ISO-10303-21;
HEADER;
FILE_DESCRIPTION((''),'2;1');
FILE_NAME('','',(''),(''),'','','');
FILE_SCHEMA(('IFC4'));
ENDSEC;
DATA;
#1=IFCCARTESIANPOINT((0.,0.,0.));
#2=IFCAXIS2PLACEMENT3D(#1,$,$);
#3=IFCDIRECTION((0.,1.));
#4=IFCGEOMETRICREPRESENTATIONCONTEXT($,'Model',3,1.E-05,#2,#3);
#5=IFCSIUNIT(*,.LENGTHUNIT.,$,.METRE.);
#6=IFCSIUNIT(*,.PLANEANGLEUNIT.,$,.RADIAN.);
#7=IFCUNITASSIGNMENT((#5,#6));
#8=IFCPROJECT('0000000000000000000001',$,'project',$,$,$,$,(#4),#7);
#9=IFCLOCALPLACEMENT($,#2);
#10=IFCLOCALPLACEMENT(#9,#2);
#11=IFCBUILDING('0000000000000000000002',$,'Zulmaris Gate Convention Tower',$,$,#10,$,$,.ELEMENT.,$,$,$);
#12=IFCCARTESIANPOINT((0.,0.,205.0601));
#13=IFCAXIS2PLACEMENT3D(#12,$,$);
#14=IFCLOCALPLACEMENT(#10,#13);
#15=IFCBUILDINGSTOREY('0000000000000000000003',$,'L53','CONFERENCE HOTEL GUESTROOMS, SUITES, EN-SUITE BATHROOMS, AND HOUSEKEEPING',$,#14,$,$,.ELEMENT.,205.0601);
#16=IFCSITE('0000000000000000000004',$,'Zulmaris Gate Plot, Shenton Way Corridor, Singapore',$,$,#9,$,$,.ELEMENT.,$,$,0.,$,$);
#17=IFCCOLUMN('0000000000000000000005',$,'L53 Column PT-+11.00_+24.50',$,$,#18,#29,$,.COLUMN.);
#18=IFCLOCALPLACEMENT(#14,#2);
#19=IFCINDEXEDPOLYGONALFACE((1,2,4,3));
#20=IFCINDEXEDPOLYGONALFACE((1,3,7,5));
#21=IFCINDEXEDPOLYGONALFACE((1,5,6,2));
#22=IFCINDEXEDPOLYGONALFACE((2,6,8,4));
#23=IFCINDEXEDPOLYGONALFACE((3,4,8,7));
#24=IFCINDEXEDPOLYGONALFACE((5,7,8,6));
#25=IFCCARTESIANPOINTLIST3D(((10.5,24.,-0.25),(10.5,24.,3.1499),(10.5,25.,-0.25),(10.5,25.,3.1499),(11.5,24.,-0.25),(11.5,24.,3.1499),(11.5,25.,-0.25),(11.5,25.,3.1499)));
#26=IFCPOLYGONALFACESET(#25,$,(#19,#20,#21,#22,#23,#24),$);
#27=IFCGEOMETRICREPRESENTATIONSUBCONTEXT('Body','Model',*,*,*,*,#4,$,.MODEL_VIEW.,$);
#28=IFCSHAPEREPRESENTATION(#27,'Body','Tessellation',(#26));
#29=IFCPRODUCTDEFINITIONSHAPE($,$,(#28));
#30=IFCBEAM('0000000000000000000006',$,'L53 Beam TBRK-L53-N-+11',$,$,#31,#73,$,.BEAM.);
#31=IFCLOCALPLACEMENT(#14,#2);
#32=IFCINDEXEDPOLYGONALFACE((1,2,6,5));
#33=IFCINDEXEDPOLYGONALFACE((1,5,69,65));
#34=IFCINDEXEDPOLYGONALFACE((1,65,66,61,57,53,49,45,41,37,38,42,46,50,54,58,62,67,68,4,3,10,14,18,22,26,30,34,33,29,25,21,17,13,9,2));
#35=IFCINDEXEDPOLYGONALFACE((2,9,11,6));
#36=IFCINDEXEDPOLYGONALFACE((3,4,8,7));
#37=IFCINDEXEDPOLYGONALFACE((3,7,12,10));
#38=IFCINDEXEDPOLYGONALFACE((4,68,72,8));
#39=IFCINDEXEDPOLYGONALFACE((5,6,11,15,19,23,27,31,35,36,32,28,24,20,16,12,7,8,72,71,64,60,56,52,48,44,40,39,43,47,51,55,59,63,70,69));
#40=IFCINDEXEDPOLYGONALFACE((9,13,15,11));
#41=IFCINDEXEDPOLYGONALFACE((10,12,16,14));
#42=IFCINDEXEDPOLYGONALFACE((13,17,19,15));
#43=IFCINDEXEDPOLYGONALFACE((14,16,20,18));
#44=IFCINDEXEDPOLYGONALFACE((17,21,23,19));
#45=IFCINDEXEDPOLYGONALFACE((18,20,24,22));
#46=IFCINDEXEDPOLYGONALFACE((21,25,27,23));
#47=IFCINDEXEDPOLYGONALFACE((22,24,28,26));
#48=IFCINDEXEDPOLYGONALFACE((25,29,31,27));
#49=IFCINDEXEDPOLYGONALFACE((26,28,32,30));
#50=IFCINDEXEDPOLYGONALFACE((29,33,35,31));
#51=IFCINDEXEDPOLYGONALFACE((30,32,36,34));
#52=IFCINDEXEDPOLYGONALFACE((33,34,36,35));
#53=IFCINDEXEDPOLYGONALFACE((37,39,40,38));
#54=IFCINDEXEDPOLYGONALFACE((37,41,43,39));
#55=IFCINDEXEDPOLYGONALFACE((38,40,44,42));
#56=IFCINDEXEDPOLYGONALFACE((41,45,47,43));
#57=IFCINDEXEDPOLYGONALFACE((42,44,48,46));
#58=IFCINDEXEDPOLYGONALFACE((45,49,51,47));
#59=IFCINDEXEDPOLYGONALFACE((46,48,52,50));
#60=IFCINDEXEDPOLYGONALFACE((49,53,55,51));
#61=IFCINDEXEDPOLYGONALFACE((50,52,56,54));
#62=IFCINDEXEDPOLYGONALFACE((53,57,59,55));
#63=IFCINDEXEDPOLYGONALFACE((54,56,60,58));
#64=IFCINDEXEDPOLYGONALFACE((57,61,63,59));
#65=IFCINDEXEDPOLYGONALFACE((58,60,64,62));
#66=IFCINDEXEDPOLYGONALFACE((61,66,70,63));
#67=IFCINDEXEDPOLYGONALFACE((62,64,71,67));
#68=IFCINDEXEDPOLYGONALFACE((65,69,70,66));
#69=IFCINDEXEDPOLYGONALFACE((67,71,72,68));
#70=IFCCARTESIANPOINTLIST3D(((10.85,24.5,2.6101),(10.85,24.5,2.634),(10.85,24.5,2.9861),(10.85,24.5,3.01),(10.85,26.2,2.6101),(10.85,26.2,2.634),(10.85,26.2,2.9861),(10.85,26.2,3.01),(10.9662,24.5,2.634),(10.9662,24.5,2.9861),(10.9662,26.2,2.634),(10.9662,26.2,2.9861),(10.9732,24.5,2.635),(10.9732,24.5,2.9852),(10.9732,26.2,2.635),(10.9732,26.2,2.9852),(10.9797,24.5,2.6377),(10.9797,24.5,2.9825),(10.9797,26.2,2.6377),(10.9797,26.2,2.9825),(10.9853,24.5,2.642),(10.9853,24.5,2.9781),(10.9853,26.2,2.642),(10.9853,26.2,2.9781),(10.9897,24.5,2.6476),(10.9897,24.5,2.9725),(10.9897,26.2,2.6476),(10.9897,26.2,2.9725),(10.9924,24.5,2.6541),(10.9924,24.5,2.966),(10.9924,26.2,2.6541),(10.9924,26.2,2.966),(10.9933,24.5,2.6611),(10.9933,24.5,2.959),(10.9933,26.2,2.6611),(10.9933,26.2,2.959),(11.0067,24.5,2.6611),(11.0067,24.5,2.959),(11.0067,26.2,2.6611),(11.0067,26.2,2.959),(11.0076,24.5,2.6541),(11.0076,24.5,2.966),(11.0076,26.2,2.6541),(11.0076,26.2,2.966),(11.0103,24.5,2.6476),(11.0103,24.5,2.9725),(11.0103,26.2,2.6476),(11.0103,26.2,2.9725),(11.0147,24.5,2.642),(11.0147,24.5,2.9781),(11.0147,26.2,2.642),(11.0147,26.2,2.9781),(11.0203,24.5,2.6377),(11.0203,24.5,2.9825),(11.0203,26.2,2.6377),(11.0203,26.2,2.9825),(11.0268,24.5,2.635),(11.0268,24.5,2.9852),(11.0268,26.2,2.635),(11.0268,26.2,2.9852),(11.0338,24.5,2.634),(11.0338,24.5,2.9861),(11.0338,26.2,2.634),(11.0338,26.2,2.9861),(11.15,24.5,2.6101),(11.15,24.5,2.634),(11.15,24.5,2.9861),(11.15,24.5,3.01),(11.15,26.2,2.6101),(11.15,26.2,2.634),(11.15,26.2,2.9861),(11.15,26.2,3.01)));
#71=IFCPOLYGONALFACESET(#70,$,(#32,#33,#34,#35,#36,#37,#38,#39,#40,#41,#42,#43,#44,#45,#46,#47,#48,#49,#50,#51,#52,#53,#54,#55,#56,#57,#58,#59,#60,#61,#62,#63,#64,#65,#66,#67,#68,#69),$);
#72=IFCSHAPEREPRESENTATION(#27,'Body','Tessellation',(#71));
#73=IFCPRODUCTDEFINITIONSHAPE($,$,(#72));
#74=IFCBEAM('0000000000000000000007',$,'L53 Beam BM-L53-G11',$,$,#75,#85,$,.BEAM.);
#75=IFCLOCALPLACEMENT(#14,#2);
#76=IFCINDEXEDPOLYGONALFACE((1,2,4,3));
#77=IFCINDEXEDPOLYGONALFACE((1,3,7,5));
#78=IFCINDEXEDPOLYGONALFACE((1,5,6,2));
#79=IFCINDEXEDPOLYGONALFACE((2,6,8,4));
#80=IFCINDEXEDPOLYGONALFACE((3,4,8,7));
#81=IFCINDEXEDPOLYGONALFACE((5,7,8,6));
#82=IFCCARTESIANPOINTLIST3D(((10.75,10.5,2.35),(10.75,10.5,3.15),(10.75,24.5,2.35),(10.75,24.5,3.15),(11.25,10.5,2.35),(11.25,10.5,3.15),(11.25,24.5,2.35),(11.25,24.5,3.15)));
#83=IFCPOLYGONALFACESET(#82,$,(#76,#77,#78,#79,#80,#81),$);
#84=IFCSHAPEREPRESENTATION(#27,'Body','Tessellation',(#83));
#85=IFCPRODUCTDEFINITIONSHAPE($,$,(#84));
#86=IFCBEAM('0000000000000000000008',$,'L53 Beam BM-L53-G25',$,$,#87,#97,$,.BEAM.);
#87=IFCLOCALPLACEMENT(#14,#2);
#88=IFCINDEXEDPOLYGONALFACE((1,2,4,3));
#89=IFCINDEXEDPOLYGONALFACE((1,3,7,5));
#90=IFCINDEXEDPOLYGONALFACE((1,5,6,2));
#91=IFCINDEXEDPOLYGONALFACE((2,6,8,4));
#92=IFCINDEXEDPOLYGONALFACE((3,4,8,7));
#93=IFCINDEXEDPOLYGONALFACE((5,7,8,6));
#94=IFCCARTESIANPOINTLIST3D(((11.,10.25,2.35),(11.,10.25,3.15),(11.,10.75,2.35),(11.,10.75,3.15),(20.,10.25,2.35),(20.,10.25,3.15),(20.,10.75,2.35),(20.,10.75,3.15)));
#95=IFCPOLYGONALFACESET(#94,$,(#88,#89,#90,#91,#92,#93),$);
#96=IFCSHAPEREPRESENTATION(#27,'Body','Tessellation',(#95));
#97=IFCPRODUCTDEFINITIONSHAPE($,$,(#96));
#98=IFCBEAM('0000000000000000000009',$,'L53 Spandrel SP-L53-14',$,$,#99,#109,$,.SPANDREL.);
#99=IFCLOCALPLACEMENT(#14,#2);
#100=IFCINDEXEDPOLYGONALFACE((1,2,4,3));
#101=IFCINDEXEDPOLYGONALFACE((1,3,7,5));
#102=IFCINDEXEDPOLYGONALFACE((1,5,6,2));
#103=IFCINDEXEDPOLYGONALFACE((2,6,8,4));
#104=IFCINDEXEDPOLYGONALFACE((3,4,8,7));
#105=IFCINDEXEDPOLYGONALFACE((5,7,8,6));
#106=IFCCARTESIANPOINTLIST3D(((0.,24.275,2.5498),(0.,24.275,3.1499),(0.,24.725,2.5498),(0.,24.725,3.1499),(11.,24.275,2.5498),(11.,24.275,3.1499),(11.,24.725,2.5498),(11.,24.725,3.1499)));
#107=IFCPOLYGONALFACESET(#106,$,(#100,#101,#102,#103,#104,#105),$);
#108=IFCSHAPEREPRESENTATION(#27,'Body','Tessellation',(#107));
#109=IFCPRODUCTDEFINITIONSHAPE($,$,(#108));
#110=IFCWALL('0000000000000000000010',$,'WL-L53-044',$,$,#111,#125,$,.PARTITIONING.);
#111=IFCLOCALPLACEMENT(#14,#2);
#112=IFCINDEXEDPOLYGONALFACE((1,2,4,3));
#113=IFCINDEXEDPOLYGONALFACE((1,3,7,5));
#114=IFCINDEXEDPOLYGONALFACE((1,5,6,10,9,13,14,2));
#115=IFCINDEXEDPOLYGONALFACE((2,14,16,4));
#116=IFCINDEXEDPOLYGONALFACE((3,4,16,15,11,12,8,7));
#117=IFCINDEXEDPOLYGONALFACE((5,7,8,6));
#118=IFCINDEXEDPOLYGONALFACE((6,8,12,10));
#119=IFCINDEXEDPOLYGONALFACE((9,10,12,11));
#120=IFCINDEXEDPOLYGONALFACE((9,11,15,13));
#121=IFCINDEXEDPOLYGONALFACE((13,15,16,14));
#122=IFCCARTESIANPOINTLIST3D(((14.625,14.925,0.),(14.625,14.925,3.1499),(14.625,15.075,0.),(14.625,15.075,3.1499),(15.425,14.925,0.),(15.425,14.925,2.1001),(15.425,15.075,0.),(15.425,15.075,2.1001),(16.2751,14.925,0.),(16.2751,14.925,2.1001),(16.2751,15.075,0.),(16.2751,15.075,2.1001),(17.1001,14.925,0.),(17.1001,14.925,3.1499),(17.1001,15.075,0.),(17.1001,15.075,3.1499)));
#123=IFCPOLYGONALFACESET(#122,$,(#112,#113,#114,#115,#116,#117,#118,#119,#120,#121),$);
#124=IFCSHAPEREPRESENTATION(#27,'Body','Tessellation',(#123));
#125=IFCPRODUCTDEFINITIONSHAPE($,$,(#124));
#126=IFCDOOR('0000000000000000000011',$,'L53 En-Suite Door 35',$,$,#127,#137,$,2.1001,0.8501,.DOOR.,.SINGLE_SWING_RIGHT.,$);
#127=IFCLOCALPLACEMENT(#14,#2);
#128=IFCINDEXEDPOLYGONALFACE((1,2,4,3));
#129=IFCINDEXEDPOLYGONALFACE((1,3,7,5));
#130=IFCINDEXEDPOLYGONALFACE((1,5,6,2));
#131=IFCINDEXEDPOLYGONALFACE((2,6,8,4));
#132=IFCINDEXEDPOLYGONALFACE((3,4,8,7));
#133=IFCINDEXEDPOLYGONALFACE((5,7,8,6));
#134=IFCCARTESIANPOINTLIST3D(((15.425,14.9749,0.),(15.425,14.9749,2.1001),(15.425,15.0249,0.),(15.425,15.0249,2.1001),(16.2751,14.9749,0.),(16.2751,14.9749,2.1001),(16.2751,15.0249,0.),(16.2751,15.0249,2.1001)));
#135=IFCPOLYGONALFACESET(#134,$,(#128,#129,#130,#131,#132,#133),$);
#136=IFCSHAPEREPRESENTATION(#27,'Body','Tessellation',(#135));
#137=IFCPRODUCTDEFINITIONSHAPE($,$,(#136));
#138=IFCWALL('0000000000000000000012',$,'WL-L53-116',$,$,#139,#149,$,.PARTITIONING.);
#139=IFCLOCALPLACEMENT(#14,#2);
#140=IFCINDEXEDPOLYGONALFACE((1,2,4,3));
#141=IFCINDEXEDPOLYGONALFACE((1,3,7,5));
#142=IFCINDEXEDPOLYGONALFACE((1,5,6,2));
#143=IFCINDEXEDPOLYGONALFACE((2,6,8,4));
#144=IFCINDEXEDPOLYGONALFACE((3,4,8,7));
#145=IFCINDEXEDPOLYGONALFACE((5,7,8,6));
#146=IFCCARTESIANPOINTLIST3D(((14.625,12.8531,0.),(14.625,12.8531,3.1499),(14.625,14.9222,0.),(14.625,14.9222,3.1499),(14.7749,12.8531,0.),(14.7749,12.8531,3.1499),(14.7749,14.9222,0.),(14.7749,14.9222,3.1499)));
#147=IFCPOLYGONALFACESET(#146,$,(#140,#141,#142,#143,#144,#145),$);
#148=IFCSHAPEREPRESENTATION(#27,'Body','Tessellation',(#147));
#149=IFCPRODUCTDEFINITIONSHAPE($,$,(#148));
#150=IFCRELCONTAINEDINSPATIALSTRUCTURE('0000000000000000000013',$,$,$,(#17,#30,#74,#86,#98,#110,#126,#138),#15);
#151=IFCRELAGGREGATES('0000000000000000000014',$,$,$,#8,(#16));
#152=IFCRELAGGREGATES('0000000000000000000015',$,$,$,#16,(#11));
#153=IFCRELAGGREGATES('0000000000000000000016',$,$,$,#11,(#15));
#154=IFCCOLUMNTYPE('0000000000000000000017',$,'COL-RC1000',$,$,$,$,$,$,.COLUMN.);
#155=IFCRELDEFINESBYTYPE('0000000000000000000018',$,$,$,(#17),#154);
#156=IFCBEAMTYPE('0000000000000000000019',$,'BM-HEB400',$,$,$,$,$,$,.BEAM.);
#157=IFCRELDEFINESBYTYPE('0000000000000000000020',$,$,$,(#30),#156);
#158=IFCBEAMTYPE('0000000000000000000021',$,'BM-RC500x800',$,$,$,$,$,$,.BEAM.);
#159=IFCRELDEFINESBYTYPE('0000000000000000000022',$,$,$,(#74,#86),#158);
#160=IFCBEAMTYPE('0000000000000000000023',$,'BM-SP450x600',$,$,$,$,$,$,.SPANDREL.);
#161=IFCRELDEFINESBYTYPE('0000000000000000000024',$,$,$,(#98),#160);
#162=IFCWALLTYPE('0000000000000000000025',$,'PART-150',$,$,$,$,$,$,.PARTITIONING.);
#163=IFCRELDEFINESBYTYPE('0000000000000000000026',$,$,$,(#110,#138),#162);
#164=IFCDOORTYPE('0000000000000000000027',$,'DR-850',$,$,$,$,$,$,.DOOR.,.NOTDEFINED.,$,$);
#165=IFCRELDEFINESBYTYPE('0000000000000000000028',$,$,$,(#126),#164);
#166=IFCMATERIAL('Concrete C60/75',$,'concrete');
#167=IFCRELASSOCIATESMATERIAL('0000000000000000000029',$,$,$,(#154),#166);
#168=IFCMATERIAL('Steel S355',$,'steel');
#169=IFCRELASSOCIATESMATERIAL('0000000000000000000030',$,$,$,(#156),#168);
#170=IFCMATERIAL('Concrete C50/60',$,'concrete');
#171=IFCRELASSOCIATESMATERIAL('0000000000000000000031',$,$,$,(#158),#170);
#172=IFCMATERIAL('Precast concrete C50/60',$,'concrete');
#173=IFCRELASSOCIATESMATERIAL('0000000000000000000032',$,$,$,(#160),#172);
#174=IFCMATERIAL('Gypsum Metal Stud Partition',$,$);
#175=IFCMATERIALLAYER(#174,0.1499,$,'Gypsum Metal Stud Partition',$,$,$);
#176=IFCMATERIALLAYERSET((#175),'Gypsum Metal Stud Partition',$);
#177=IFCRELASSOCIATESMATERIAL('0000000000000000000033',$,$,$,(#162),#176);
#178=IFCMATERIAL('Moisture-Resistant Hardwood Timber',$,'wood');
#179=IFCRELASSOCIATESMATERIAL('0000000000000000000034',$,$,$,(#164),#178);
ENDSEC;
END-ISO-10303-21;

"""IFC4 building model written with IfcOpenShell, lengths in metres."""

from ifc_helpers import new_model, si_unit, direction, frame, frame_2d, origin, origin_2d, place, context, subcontext, project, spatial, rectangle, i_section, extrude, material, layer, layer_set, material_profile, profile_set, type_object, element, fill, save


model = new_model("IFC4")

# Units and contexts
model_context = context("Model", 3, precision=1e-05, world=origin(), true_north=direction((0.0, 1.0)))
body_context = subcontext(model_context, "Body", "Model", "MODEL_VIEW")
ifc_project = project(units=[si_unit("LENGTHUNIT", "METRE"), si_unit("PLANEANGLEUNIT", "RADIAN")], contexts=[model_context])

# Site, building, storey
site_placement = place(None, origin())
site = spatial("IfcSite", under=ifc_project, at=site_placement, Name="Zulmaris Gate Plot, Shenton Way Corridor, Singapore", CompositionType="ELEMENT", RefElevation=0.0)
building_placement = place(site_placement, origin())
building = spatial("IfcBuilding", under=site, at=building_placement, Name="Zulmaris Gate Convention Tower", CompositionType="ELEMENT")
storey_placement = place(building_placement, frame((0.0, 0.0, 205.0601)))
storey = spatial("IfcBuildingStorey", under=building, at=storey_placement, Name="L53", Description="CONFERENCE HOTEL GUESTROOMS, SUITES, EN-SUITE BATHROOMS, AND HOUSEKEEPING", CompositionType="ELEMENT", Elevation=205.0601)

# Column
ifc_material_1 = material(Name="Concrete C60/75", Category="concrete")
ifc_material_profile_1 = material_profile(ifc_material_1, rectangle(XDim=1.0, YDim=1.0, at=origin_2d()), Name="RC COL 1000x1000")
ifc_profile_set_1 = profile_set([ifc_material_profile_1], Name="Concrete C60/75")
column_type = type_object("IfcColumnType", Name="COL-RC1000", PredefinedType="COLUMN", material=ifc_profile_set_1)
column_placement = place(storey_placement, frame((11.0, 24.5, -0.25), z_axis=(0.0, 0.0, 1.0), x_axis=(1.0, 0.0, 0.0)))
element("IfcColumn", 1, at=column_placement, inside=storey, type_object=column_type, Name="L53 Column PT-+11.00_+24.50", PredefinedType="COLUMN", context=body_context, shape_type="SweptSolid", body=[
    extrude(rectangle(XDim=1.0, YDim=1.0, at=origin_2d()), origin(), (0.0, 0.0, 1.0), 3.3999),
])

# Beams
ifc_material_2 = material(Name="Steel S355", Category="steel")
ifc_material_profile_2 = material_profile(ifc_material_2, i_section(OverallWidth=0.3, OverallDepth=0.3999, WebThickness=0.0134, FlangeThickness=0.0239, FilletRadius=0.0271, at=origin_2d()), Name="HEB 400")
ifc_profile_set_2 = profile_set([ifc_material_profile_2], Name="Steel S355")
beam_type_1 = type_object("IfcBeamType", Name="BM-HEB400", PredefinedType="BEAM", material=ifc_profile_set_2)
beam_1_placement = place(storey_placement, frame((11.0, 24.5, 2.8101), z_axis=(0.0, 1.0, 0.0), x_axis=(-1.0, 0.0, 0.0)))
element("IfcBeam", 2, at=beam_1_placement, inside=storey, type_object=beam_type_1, Name="L53 Beam TBRK-L53-N-+11", PredefinedType="BEAM", context=body_context, shape_type="SweptSolid", body=[
    extrude(i_section(OverallWidth=0.3, OverallDepth=0.3999, WebThickness=0.0134, FlangeThickness=0.0239, FilletRadius=0.0271, at=origin_2d()), origin(), (0.0, 0.0, 1.0), 1.7),
])
ifc_material_3 = material(Name="Concrete C50/60", Category="concrete")
ifc_material_profile_3 = material_profile(ifc_material_3, rectangle(XDim=0.5, YDim=0.8, at=origin_2d()), Name="RC BEAM 500x800")
ifc_profile_set_3 = profile_set([ifc_material_profile_3], Name="Concrete C50/60")
beam_type_2 = type_object("IfcBeamType", Name="BM-RC500x800", PredefinedType="BEAM", material=ifc_profile_set_3)
beam_2_placement = place(storey_placement, frame((11.0, 10.5, 2.75), z_axis=(0.0, 1.0, 0.0), x_axis=(-1.0, 0.0, 0.0)))
element("IfcBeam", 3, at=beam_2_placement, inside=storey, type_object=beam_type_2, Name="L53 Beam BM-L53-G11", PredefinedType="BEAM", context=body_context, shape_type="SweptSolid", body=[
    extrude(rectangle(XDim=0.5, YDim=0.8, at=origin_2d()), origin(), (0.0, 0.0, 1.0), 14.0),
])
beam_3_placement = place(storey_placement, frame((11.0, 10.5, 2.75), z_axis=(1.0, 0.0, 0.0), x_axis=(0.0, 1.0, 0.0)))
element("IfcBeam", 4, at=beam_3_placement, inside=storey, type_object=beam_type_2, Name="L53 Beam BM-L53-G25", PredefinedType="BEAM", context=body_context, shape_type="SweptSolid", body=[
    extrude(rectangle(XDim=0.5, YDim=0.8, at=origin_2d()), origin(), (0.0, 0.0, 1.0), 9.0),
])
ifc_material_4 = material(Name="Precast concrete C50/60", Category="concrete")
ifc_material_profile_4 = material_profile(ifc_material_4, rectangle(XDim=0.45, YDim=0.6001, at=origin_2d()), Name="RC SPANDREL 450x600")
ifc_profile_set_4 = profile_set([ifc_material_profile_4], Name="Precast concrete C50/60")
beam_type_3 = type_object("IfcBeamType", Name="BM-SP450x600", PredefinedType="SPANDREL", material=ifc_profile_set_4)
beam_4_placement = place(storey_placement, frame((11.0, 24.5, 2.8499), z_axis=(-1.0, 0.0, 0.0), x_axis=(0.0, -1.0, 0.0)))
element("IfcBeam", 5, at=beam_4_placement, inside=storey, type_object=beam_type_3, Name="L53 Spandrel SP-L53-14", PredefinedType="SPANDREL", context=body_context, shape_type="SweptSolid", body=[
    extrude(rectangle(XDim=0.45, YDim=0.6001, at=origin_2d()), origin(), (0.0, 0.0, 1.0), 11.0),
])

# Wall, opening, door
ifc_material_5 = material(Name="Gypsum Metal Stud Partition")
ifc_layer_1 = layer(ifc_material_5, 0.1499, Name="Gypsum Metal Stud Partition")
ifc_layer_set_1 = layer_set([ifc_layer_1], Name="Gypsum Metal Stud Partition")
wall_type_1 = type_object("IfcWallType", Name="PART-150", PredefinedType="PARTITIONING", material=ifc_layer_set_1)
wall_1_placement = place(storey_placement, frame((14.625, 15.0, 0.0), z_axis=(0.0, 0.0, 1.0), x_axis=(1.0, 0.0, 0.0)))
wall_1 = element("IfcWall", 6, at=wall_1_placement, inside=storey, type_object=wall_type_1, Name="WL-L53-044", PredefinedType="PARTITIONING", context=body_context, shape_type="SweptSolid", body=[
    extrude(rectangle(XDim=2.4751, YDim=0.1499, at=frame_2d((1.2375, 0.0))), origin(), (0.0, 0.0, 1.0), 3.1499),
])
opening_1_placement = place(wall_1_placement, frame((0.8, 0.0, 0.0)))
opening_1 = element("IfcOpeningElement", 7, at=opening_1_placement, cuts=wall_1, PredefinedType="OPENING", context=body_context, shape_type="SweptSolid", body=[
    extrude(rectangle(XDim=0.8501, YDim=2.1001, at=frame_2d((0.425, 1.05))), frame((0.0, 0.085, 0.0), z_axis=(0.0, -1.0, 0.0), x_axis=(1.0, 0.0, 0.0)), (0.0, 0.0, 1.0), 0.1699),
])
ifc_material_6 = material(Name="Moisture-Resistant Hardwood Timber", Category="wood")
door_type_1 = type_object("IfcDoorType", Name="DR-850", OperationType="NOTDEFINED", PredefinedType="DOOR", material=ifc_material_6)
door_1_placement = place(opening_1_placement, origin())
door_1 = element("IfcDoor", 8, at=door_1_placement, inside=storey, type_object=door_type_1, Name="L53 En-Suite Door 35", OperationType="SINGLE_SWING_RIGHT", OverallHeight=2.1001, OverallWidth=0.8501, PredefinedType="DOOR", context=body_context, shape_type="SweptSolid", body=[
    extrude(rectangle(XDim=0.8501, YDim=2.1001, at=frame_2d((0.425, 1.05))), frame((0.0, 0.0249, 0.0), z_axis=(0.0, -1.0, 0.0), x_axis=(1.0, 0.0, 0.0)), (0.0, 0.0, 1.0), 0.05),
])
fill(opening_1, door_1)

# Wall
wall_2_placement = place(storey_placement, frame((14.7, 12.853, 0.0), z_axis=(0.0, 0.0, 1.0), x_axis=(0.0, 1.0, 0.0)))
element("IfcWall", 9, at=wall_2_placement, inside=storey, type_object=wall_type_1, Name="WL-L53-116", PredefinedType="PARTITIONING", context=body_context, shape_type="SweptSolid", body=[
    extrude(rectangle(XDim=2.0691, YDim=0.1499, at=frame_2d((1.0347, 0.0))), origin(), (0.0, 0.0, 1.0), 3.1499),
])

save(model, "model.ifc")
